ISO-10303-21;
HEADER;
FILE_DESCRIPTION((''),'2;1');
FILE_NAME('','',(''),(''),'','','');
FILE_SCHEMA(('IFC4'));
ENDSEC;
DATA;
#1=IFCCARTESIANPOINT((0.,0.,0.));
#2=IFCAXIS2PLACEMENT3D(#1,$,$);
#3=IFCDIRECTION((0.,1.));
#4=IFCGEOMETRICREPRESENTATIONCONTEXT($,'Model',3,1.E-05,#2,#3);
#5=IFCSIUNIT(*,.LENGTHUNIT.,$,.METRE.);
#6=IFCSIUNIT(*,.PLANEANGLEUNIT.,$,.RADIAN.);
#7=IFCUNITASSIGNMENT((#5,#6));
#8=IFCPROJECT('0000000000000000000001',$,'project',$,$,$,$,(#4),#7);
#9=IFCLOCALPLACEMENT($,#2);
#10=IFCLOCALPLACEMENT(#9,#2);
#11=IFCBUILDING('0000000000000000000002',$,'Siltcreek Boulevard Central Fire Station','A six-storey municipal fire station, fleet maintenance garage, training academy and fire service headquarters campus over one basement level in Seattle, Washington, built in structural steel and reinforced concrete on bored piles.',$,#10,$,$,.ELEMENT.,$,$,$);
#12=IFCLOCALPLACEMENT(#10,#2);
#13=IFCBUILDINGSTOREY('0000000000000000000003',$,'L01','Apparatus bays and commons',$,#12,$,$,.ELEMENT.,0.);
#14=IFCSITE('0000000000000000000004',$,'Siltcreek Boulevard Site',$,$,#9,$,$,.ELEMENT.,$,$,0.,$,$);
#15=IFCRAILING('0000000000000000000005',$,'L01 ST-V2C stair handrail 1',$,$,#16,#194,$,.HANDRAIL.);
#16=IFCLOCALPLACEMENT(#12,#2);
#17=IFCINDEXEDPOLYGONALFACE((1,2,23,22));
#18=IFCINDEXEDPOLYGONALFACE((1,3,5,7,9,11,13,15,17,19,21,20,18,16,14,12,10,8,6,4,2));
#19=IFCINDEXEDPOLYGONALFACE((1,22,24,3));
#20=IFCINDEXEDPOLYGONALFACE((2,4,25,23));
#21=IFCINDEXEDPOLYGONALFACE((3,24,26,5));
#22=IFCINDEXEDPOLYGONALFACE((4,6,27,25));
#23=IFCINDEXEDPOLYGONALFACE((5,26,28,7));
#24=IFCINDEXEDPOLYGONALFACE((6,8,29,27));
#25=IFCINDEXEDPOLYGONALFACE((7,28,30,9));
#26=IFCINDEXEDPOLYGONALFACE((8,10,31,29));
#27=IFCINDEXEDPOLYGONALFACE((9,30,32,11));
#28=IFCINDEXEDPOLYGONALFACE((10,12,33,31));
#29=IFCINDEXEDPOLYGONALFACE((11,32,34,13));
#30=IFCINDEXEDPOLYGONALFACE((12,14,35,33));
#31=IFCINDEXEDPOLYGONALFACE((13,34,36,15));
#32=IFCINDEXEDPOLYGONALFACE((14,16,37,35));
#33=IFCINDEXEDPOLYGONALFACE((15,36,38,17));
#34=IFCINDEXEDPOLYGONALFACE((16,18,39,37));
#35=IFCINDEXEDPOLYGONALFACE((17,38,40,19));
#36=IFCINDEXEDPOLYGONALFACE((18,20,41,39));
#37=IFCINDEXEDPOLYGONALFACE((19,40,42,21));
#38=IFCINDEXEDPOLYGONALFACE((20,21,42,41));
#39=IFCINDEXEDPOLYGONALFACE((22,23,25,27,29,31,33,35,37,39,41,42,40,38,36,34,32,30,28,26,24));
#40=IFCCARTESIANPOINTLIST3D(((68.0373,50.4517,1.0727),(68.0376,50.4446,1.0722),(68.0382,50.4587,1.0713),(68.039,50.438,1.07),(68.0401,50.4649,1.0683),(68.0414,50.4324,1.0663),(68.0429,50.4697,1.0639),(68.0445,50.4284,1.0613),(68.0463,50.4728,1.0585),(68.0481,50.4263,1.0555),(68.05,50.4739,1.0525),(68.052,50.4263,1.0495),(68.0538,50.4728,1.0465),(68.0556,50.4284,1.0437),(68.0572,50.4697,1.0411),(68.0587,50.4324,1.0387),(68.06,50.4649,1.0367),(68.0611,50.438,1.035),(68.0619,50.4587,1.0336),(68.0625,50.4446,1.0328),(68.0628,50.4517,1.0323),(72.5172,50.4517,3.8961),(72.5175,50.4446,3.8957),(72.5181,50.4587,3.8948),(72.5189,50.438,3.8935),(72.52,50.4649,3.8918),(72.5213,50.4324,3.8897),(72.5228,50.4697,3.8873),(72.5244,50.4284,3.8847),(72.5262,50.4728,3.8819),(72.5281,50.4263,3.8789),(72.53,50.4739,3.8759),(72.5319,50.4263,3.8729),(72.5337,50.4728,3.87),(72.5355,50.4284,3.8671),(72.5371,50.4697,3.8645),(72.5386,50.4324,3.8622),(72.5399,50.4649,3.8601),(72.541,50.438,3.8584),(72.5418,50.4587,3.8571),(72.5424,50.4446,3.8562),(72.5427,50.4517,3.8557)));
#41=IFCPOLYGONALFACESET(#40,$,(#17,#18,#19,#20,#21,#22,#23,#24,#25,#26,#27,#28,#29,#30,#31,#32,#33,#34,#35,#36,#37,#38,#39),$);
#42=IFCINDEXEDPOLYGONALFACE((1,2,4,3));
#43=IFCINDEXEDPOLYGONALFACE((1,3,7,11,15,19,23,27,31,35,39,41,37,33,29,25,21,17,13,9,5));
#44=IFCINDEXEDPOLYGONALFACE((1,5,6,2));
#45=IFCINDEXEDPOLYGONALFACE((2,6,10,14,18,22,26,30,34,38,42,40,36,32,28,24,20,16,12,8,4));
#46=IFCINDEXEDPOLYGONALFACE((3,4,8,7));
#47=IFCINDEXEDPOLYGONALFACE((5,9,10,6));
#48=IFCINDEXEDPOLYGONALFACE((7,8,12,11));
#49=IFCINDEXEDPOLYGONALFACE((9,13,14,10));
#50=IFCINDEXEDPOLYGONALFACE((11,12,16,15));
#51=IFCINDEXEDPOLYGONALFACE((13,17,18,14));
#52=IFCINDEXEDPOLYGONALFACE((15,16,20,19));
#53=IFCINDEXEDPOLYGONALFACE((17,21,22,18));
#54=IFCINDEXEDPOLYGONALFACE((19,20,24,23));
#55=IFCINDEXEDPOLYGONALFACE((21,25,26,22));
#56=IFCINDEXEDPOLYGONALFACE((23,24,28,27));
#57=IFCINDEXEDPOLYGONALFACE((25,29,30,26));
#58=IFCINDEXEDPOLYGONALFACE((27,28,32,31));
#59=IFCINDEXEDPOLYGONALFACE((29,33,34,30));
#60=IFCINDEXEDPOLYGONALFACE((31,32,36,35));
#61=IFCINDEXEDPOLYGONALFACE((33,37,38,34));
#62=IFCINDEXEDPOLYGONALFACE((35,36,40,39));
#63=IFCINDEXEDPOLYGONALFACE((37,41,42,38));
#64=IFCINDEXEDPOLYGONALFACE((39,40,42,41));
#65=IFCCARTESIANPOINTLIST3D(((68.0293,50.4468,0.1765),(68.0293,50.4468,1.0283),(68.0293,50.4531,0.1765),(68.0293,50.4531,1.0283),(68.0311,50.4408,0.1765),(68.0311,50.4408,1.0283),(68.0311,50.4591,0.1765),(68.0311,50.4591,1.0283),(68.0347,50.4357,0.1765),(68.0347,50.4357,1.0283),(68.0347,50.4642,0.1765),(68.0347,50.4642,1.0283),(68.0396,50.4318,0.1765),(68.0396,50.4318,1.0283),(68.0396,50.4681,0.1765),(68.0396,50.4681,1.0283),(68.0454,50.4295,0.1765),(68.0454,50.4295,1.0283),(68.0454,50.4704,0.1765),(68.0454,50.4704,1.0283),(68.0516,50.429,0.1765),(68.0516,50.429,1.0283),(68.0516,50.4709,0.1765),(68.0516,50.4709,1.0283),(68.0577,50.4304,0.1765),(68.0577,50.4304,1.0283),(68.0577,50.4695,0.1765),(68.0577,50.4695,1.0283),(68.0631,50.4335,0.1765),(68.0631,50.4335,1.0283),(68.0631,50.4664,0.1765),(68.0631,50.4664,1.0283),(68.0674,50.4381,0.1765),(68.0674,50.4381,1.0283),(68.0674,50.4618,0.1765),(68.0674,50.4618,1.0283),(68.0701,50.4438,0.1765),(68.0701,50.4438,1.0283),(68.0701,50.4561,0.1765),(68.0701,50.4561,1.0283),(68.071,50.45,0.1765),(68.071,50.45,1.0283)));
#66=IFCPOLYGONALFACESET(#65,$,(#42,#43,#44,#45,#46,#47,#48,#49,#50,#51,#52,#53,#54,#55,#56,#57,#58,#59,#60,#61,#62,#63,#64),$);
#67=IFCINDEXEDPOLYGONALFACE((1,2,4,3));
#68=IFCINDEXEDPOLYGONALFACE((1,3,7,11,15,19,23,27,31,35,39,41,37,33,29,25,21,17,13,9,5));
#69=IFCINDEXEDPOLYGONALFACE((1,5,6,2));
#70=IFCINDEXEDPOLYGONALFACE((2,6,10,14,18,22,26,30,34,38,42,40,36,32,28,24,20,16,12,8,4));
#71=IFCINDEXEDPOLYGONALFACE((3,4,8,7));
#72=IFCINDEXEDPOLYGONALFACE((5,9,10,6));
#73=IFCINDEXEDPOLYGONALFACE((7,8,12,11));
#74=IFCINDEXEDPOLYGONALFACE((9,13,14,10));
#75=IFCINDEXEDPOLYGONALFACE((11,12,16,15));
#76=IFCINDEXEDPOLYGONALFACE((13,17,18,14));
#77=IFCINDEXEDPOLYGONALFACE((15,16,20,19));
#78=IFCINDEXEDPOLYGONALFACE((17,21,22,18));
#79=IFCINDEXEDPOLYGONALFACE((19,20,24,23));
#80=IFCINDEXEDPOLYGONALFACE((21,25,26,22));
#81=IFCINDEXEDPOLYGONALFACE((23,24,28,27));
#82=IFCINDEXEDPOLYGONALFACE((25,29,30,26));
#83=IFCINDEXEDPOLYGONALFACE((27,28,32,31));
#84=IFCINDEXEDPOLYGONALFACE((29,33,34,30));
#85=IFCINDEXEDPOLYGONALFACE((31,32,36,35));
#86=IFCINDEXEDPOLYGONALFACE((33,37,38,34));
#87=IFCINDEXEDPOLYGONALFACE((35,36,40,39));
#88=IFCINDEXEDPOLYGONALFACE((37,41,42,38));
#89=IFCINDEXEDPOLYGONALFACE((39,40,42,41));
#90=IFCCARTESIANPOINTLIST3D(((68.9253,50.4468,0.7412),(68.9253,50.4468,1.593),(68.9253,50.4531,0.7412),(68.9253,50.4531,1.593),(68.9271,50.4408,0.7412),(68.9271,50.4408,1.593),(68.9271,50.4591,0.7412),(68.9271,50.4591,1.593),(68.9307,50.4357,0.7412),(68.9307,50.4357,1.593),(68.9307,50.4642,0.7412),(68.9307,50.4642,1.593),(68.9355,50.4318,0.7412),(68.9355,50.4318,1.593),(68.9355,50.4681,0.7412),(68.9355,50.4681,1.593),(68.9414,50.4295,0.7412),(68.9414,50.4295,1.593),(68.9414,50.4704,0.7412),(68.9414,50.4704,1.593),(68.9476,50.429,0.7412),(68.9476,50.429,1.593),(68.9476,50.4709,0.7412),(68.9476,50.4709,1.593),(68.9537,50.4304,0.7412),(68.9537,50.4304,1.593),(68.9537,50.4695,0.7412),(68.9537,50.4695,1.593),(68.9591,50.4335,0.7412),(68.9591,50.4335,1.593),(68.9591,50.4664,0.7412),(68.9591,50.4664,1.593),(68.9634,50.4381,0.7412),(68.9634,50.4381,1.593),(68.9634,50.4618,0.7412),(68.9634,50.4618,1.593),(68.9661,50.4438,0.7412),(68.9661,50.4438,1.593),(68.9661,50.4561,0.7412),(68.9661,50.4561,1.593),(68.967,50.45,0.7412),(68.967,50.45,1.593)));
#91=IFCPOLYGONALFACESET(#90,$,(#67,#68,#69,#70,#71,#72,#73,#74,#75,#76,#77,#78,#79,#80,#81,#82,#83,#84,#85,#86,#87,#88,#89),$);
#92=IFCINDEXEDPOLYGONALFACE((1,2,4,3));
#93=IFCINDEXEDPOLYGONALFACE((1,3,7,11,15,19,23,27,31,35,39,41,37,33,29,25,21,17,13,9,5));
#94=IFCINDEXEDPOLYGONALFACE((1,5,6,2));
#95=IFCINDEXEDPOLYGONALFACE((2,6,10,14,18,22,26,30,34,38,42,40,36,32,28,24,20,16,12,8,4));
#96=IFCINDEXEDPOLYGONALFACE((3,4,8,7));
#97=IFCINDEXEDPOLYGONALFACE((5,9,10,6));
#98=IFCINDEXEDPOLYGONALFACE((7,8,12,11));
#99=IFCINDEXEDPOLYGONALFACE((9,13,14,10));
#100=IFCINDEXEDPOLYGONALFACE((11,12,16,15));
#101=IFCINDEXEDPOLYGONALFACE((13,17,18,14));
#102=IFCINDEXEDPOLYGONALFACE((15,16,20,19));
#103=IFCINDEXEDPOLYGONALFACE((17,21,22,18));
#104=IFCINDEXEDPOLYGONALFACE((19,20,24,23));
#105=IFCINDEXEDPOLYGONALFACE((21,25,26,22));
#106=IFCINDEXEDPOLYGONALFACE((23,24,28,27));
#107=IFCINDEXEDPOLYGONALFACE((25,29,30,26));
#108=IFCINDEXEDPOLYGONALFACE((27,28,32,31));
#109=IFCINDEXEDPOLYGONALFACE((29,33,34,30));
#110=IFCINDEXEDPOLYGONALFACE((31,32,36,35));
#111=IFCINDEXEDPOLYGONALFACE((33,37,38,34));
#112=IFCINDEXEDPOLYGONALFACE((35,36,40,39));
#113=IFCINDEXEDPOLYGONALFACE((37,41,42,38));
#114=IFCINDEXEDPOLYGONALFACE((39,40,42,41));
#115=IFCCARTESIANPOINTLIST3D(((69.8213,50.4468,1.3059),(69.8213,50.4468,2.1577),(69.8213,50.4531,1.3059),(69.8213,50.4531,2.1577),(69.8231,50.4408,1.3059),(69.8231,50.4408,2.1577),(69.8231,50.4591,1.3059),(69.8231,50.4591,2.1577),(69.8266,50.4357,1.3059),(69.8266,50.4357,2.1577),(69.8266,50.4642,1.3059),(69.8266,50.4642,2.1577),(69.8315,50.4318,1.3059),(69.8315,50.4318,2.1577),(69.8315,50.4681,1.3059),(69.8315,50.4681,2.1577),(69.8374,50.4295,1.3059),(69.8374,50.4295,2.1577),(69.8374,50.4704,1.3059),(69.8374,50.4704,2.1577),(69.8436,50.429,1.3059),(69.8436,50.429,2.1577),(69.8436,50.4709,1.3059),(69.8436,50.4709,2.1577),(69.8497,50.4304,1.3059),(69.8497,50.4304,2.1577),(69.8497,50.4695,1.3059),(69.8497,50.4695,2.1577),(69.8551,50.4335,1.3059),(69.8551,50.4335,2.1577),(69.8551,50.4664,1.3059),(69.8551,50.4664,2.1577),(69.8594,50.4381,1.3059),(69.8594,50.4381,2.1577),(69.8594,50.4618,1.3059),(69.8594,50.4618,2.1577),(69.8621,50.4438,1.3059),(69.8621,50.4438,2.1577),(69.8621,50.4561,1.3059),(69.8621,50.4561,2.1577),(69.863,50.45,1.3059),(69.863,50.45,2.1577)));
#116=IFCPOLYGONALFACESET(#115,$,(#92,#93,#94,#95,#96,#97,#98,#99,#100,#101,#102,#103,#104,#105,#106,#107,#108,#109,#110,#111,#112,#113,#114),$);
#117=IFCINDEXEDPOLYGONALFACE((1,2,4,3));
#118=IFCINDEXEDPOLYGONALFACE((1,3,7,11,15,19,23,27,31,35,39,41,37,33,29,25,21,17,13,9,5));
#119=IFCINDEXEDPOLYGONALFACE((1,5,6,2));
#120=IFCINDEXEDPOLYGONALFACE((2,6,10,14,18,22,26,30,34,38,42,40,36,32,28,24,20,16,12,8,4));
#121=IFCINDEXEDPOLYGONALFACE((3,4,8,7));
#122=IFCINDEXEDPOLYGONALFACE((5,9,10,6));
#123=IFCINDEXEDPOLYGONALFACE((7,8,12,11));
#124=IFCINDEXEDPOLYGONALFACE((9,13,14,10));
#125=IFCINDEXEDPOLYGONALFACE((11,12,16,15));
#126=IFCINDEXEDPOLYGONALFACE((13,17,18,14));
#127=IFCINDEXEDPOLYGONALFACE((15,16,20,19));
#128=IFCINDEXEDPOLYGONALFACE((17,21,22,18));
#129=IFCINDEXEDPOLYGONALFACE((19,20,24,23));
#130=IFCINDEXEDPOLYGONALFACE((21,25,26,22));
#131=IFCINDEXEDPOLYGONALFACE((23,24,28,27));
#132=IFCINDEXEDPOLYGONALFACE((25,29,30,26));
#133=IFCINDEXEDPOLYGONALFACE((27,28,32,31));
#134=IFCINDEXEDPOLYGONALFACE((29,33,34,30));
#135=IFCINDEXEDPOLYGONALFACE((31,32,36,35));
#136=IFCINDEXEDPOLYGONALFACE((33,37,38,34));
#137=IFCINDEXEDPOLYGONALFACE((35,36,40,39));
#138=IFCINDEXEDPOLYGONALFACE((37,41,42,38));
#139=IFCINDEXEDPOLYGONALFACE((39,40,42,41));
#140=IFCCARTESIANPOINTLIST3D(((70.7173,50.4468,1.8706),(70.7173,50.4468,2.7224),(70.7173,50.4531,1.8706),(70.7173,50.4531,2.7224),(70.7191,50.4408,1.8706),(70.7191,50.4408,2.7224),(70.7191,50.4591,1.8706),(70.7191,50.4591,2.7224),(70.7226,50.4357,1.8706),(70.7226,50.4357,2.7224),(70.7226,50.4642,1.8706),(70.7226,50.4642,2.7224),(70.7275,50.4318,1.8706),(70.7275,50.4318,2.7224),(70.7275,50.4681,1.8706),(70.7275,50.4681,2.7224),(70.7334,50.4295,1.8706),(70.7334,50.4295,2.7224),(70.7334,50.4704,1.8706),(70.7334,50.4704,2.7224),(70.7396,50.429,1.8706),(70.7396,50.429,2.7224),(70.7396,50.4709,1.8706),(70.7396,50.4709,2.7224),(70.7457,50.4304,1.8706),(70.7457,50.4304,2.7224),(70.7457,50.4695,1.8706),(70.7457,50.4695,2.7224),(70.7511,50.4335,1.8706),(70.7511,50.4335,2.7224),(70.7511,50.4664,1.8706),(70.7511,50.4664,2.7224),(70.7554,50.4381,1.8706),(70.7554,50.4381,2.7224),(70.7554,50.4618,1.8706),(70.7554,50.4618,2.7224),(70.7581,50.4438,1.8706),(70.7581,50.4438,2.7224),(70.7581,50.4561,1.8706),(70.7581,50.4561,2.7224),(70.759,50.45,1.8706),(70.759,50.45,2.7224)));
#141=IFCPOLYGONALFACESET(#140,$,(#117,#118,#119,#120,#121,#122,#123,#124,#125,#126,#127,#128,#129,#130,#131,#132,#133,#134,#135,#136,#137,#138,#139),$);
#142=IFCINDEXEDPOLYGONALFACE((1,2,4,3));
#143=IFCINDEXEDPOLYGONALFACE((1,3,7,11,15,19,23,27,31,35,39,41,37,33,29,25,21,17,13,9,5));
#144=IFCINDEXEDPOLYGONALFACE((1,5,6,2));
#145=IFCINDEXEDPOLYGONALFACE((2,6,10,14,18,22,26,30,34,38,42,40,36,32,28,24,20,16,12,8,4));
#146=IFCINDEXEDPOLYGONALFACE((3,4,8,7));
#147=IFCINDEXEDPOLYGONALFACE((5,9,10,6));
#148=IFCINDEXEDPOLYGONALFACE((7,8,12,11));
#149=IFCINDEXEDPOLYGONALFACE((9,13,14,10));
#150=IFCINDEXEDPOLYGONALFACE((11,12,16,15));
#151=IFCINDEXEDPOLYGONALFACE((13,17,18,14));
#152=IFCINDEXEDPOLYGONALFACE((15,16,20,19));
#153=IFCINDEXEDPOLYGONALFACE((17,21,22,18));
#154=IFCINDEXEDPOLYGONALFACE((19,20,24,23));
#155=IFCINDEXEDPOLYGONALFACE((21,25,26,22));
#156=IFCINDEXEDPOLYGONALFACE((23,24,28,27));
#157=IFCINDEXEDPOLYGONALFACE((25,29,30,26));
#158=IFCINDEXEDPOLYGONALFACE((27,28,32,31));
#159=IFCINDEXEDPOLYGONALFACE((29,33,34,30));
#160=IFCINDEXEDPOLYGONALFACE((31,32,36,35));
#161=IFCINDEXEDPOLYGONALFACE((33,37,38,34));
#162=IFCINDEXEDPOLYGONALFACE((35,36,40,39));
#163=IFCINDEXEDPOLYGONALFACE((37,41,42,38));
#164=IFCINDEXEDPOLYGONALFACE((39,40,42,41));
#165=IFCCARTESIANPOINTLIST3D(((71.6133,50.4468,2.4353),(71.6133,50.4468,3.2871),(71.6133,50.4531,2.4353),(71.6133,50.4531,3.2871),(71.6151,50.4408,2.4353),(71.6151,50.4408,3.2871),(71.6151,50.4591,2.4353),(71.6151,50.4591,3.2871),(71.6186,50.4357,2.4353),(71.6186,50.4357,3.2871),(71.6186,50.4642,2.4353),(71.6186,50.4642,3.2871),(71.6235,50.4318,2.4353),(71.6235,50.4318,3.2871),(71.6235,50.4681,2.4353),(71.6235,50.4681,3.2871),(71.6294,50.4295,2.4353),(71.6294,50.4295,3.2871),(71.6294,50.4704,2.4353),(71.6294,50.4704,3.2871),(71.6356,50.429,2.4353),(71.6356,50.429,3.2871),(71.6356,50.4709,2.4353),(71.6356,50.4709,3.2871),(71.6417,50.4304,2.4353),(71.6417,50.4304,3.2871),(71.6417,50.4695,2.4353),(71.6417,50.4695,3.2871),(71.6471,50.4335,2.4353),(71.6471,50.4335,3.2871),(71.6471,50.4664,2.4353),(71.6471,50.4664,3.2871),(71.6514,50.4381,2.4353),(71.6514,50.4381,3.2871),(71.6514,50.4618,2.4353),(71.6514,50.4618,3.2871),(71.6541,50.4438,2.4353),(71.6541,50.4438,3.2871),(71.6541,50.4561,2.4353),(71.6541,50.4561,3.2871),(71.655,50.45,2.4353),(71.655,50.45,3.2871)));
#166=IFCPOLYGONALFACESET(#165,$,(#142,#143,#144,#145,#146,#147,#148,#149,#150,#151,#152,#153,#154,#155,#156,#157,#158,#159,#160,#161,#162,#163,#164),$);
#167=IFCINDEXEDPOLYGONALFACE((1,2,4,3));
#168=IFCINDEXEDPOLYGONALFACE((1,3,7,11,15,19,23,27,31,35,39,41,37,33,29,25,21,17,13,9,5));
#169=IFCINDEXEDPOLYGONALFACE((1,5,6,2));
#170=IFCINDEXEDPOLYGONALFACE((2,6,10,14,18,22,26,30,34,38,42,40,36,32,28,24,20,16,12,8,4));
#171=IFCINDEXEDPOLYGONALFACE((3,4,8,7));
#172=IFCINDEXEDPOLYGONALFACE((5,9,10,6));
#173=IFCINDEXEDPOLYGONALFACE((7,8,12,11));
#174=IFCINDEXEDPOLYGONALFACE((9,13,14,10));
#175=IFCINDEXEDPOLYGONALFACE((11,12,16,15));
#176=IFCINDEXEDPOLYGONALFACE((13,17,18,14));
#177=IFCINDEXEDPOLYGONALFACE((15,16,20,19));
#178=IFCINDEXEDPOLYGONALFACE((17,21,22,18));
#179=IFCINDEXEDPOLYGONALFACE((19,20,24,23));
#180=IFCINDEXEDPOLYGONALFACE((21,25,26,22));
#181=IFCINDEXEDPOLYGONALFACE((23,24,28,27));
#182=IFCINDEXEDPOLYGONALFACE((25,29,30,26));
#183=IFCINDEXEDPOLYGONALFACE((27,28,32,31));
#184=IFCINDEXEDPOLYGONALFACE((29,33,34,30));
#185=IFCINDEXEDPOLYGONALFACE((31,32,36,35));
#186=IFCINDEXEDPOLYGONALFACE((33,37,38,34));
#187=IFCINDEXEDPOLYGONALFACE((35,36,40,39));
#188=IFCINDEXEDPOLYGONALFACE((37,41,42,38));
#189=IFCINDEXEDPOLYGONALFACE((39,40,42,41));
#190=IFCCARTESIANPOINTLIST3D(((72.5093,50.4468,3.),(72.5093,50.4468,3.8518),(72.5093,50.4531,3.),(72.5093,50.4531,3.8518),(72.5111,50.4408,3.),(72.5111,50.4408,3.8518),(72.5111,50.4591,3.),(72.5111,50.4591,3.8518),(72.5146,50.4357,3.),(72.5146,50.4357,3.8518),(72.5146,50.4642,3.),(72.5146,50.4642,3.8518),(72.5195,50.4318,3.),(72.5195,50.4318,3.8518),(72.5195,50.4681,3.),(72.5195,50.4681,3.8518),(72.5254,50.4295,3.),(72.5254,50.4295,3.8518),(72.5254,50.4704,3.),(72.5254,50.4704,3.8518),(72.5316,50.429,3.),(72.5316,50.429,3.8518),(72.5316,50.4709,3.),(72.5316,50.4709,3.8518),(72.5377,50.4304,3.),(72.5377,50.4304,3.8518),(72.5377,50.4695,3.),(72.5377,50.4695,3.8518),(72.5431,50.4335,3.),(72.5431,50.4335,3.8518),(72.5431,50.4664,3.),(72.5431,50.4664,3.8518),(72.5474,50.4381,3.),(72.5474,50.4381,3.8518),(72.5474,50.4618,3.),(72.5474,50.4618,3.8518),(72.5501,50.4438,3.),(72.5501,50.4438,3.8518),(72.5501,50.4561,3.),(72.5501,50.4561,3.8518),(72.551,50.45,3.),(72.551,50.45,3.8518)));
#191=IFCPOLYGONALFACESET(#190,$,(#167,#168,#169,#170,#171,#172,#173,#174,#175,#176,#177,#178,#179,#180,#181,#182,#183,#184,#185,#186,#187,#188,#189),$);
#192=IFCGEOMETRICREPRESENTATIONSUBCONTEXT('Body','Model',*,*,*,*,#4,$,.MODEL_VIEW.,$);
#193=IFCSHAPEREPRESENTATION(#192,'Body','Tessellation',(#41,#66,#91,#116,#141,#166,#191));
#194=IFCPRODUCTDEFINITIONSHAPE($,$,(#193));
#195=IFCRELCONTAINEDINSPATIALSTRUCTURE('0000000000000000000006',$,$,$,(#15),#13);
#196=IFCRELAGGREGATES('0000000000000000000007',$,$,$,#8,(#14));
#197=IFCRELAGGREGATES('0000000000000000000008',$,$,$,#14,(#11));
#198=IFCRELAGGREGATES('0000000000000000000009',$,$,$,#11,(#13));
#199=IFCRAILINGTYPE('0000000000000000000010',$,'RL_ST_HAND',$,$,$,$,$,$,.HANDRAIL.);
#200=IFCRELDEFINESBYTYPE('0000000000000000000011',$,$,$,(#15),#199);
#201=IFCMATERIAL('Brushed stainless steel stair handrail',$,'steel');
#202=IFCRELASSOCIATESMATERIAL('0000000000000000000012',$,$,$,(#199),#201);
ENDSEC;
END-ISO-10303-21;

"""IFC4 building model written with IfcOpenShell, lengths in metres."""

from ifc_helpers import new_model, si_unit, direction, frame, origin, origin_2d, place, context, subcontext, project, spatial, circle, extrude, material, type_object, element, save


model = new_model("IFC4")

# Units and contexts
model_context = context("Model", 3, precision=1e-05, world=origin(), true_north=direction((0.0, 1.0)))
body_context = subcontext(model_context, "Body", "Model", "MODEL_VIEW")
ifc_project = project(units=[si_unit("LENGTHUNIT", "METRE"), si_unit("PLANEANGLEUNIT", "RADIAN")], contexts=[model_context])

# Site, building, storey
site_placement = place(None, origin())
site = spatial("IfcSite", under=ifc_project, at=site_placement, Name="Siltcreek Boulevard Site", CompositionType="ELEMENT", RefElevation=0.0)
building_placement = place(site_placement, origin())
building = spatial("IfcBuilding", under=site, at=building_placement, Name="Siltcreek Boulevard Central Fire Station", Description="A six-storey municipal fire station, fleet maintenance garage, training academy and fire service headquarters campus over one basement level in Seattle, Washington, built in structural steel and reinforced concrete on bored piles.", CompositionType="ELEMENT")
storey_placement = place(building_placement, origin())
storey = spatial("IfcBuildingStorey", under=building, at=storey_placement, Name="L01", Description="Apparatus bays and commons", CompositionType="ELEMENT", Elevation=0.0)

# Railing
ifc_material_1 = material(Name="Brushed stainless steel stair handrail", Category="steel")
railing_type = type_object("IfcRailingType", Name="RL_ST_HAND", PredefinedType="HANDRAIL", material=ifc_material_1)
railing_placement = place(storey_placement, frame((68.05, 50.45, 0.1765)))
element("IfcRailing", 1, at=railing_placement, inside=storey, type_object=railing_type, Name="L01 ST-V2C stair handrail 1", PredefinedType="HANDRAIL", context=body_context, shape_type="SweptSolid", body=[
    extrude(circle(Radius=0.0239, at=origin_2d()), frame((0.0, 0.0, 0.876), z_axis=(0.845998, 0.0, 0.533186), x_axis=(0.0, 1.0, 0.0)), (0.0, 0.0, 1.0), 5.2954),
    extrude(circle(Radius=0.021, at=origin_2d()), origin(), (0.0, 0.0, 1.0), 0.8518),
    extrude(circle(Radius=0.021, at=origin_2d()), frame((0.896, 0.0, 0.5647)), (0.0, 0.0, 1.0), 0.8518),
    extrude(circle(Radius=0.021, at=origin_2d()), frame((1.792, 0.0, 1.1294)), (0.0, 0.0, 1.0), 0.8518),
    extrude(circle(Radius=0.021, at=origin_2d()), frame((2.688, 0.0, 1.6941)), (0.0, 0.0, 1.0), 0.8518),
    extrude(circle(Radius=0.021, at=origin_2d()), frame((3.584, 0.0, 2.2588)), (0.0, 0.0, 1.0), 0.8518),
    extrude(circle(Radius=0.021, at=origin_2d()), frame((4.48, 0.0, 2.8235)), (0.0, 0.0, 1.0), 0.8518),
])

save(model, "model.ifc")
